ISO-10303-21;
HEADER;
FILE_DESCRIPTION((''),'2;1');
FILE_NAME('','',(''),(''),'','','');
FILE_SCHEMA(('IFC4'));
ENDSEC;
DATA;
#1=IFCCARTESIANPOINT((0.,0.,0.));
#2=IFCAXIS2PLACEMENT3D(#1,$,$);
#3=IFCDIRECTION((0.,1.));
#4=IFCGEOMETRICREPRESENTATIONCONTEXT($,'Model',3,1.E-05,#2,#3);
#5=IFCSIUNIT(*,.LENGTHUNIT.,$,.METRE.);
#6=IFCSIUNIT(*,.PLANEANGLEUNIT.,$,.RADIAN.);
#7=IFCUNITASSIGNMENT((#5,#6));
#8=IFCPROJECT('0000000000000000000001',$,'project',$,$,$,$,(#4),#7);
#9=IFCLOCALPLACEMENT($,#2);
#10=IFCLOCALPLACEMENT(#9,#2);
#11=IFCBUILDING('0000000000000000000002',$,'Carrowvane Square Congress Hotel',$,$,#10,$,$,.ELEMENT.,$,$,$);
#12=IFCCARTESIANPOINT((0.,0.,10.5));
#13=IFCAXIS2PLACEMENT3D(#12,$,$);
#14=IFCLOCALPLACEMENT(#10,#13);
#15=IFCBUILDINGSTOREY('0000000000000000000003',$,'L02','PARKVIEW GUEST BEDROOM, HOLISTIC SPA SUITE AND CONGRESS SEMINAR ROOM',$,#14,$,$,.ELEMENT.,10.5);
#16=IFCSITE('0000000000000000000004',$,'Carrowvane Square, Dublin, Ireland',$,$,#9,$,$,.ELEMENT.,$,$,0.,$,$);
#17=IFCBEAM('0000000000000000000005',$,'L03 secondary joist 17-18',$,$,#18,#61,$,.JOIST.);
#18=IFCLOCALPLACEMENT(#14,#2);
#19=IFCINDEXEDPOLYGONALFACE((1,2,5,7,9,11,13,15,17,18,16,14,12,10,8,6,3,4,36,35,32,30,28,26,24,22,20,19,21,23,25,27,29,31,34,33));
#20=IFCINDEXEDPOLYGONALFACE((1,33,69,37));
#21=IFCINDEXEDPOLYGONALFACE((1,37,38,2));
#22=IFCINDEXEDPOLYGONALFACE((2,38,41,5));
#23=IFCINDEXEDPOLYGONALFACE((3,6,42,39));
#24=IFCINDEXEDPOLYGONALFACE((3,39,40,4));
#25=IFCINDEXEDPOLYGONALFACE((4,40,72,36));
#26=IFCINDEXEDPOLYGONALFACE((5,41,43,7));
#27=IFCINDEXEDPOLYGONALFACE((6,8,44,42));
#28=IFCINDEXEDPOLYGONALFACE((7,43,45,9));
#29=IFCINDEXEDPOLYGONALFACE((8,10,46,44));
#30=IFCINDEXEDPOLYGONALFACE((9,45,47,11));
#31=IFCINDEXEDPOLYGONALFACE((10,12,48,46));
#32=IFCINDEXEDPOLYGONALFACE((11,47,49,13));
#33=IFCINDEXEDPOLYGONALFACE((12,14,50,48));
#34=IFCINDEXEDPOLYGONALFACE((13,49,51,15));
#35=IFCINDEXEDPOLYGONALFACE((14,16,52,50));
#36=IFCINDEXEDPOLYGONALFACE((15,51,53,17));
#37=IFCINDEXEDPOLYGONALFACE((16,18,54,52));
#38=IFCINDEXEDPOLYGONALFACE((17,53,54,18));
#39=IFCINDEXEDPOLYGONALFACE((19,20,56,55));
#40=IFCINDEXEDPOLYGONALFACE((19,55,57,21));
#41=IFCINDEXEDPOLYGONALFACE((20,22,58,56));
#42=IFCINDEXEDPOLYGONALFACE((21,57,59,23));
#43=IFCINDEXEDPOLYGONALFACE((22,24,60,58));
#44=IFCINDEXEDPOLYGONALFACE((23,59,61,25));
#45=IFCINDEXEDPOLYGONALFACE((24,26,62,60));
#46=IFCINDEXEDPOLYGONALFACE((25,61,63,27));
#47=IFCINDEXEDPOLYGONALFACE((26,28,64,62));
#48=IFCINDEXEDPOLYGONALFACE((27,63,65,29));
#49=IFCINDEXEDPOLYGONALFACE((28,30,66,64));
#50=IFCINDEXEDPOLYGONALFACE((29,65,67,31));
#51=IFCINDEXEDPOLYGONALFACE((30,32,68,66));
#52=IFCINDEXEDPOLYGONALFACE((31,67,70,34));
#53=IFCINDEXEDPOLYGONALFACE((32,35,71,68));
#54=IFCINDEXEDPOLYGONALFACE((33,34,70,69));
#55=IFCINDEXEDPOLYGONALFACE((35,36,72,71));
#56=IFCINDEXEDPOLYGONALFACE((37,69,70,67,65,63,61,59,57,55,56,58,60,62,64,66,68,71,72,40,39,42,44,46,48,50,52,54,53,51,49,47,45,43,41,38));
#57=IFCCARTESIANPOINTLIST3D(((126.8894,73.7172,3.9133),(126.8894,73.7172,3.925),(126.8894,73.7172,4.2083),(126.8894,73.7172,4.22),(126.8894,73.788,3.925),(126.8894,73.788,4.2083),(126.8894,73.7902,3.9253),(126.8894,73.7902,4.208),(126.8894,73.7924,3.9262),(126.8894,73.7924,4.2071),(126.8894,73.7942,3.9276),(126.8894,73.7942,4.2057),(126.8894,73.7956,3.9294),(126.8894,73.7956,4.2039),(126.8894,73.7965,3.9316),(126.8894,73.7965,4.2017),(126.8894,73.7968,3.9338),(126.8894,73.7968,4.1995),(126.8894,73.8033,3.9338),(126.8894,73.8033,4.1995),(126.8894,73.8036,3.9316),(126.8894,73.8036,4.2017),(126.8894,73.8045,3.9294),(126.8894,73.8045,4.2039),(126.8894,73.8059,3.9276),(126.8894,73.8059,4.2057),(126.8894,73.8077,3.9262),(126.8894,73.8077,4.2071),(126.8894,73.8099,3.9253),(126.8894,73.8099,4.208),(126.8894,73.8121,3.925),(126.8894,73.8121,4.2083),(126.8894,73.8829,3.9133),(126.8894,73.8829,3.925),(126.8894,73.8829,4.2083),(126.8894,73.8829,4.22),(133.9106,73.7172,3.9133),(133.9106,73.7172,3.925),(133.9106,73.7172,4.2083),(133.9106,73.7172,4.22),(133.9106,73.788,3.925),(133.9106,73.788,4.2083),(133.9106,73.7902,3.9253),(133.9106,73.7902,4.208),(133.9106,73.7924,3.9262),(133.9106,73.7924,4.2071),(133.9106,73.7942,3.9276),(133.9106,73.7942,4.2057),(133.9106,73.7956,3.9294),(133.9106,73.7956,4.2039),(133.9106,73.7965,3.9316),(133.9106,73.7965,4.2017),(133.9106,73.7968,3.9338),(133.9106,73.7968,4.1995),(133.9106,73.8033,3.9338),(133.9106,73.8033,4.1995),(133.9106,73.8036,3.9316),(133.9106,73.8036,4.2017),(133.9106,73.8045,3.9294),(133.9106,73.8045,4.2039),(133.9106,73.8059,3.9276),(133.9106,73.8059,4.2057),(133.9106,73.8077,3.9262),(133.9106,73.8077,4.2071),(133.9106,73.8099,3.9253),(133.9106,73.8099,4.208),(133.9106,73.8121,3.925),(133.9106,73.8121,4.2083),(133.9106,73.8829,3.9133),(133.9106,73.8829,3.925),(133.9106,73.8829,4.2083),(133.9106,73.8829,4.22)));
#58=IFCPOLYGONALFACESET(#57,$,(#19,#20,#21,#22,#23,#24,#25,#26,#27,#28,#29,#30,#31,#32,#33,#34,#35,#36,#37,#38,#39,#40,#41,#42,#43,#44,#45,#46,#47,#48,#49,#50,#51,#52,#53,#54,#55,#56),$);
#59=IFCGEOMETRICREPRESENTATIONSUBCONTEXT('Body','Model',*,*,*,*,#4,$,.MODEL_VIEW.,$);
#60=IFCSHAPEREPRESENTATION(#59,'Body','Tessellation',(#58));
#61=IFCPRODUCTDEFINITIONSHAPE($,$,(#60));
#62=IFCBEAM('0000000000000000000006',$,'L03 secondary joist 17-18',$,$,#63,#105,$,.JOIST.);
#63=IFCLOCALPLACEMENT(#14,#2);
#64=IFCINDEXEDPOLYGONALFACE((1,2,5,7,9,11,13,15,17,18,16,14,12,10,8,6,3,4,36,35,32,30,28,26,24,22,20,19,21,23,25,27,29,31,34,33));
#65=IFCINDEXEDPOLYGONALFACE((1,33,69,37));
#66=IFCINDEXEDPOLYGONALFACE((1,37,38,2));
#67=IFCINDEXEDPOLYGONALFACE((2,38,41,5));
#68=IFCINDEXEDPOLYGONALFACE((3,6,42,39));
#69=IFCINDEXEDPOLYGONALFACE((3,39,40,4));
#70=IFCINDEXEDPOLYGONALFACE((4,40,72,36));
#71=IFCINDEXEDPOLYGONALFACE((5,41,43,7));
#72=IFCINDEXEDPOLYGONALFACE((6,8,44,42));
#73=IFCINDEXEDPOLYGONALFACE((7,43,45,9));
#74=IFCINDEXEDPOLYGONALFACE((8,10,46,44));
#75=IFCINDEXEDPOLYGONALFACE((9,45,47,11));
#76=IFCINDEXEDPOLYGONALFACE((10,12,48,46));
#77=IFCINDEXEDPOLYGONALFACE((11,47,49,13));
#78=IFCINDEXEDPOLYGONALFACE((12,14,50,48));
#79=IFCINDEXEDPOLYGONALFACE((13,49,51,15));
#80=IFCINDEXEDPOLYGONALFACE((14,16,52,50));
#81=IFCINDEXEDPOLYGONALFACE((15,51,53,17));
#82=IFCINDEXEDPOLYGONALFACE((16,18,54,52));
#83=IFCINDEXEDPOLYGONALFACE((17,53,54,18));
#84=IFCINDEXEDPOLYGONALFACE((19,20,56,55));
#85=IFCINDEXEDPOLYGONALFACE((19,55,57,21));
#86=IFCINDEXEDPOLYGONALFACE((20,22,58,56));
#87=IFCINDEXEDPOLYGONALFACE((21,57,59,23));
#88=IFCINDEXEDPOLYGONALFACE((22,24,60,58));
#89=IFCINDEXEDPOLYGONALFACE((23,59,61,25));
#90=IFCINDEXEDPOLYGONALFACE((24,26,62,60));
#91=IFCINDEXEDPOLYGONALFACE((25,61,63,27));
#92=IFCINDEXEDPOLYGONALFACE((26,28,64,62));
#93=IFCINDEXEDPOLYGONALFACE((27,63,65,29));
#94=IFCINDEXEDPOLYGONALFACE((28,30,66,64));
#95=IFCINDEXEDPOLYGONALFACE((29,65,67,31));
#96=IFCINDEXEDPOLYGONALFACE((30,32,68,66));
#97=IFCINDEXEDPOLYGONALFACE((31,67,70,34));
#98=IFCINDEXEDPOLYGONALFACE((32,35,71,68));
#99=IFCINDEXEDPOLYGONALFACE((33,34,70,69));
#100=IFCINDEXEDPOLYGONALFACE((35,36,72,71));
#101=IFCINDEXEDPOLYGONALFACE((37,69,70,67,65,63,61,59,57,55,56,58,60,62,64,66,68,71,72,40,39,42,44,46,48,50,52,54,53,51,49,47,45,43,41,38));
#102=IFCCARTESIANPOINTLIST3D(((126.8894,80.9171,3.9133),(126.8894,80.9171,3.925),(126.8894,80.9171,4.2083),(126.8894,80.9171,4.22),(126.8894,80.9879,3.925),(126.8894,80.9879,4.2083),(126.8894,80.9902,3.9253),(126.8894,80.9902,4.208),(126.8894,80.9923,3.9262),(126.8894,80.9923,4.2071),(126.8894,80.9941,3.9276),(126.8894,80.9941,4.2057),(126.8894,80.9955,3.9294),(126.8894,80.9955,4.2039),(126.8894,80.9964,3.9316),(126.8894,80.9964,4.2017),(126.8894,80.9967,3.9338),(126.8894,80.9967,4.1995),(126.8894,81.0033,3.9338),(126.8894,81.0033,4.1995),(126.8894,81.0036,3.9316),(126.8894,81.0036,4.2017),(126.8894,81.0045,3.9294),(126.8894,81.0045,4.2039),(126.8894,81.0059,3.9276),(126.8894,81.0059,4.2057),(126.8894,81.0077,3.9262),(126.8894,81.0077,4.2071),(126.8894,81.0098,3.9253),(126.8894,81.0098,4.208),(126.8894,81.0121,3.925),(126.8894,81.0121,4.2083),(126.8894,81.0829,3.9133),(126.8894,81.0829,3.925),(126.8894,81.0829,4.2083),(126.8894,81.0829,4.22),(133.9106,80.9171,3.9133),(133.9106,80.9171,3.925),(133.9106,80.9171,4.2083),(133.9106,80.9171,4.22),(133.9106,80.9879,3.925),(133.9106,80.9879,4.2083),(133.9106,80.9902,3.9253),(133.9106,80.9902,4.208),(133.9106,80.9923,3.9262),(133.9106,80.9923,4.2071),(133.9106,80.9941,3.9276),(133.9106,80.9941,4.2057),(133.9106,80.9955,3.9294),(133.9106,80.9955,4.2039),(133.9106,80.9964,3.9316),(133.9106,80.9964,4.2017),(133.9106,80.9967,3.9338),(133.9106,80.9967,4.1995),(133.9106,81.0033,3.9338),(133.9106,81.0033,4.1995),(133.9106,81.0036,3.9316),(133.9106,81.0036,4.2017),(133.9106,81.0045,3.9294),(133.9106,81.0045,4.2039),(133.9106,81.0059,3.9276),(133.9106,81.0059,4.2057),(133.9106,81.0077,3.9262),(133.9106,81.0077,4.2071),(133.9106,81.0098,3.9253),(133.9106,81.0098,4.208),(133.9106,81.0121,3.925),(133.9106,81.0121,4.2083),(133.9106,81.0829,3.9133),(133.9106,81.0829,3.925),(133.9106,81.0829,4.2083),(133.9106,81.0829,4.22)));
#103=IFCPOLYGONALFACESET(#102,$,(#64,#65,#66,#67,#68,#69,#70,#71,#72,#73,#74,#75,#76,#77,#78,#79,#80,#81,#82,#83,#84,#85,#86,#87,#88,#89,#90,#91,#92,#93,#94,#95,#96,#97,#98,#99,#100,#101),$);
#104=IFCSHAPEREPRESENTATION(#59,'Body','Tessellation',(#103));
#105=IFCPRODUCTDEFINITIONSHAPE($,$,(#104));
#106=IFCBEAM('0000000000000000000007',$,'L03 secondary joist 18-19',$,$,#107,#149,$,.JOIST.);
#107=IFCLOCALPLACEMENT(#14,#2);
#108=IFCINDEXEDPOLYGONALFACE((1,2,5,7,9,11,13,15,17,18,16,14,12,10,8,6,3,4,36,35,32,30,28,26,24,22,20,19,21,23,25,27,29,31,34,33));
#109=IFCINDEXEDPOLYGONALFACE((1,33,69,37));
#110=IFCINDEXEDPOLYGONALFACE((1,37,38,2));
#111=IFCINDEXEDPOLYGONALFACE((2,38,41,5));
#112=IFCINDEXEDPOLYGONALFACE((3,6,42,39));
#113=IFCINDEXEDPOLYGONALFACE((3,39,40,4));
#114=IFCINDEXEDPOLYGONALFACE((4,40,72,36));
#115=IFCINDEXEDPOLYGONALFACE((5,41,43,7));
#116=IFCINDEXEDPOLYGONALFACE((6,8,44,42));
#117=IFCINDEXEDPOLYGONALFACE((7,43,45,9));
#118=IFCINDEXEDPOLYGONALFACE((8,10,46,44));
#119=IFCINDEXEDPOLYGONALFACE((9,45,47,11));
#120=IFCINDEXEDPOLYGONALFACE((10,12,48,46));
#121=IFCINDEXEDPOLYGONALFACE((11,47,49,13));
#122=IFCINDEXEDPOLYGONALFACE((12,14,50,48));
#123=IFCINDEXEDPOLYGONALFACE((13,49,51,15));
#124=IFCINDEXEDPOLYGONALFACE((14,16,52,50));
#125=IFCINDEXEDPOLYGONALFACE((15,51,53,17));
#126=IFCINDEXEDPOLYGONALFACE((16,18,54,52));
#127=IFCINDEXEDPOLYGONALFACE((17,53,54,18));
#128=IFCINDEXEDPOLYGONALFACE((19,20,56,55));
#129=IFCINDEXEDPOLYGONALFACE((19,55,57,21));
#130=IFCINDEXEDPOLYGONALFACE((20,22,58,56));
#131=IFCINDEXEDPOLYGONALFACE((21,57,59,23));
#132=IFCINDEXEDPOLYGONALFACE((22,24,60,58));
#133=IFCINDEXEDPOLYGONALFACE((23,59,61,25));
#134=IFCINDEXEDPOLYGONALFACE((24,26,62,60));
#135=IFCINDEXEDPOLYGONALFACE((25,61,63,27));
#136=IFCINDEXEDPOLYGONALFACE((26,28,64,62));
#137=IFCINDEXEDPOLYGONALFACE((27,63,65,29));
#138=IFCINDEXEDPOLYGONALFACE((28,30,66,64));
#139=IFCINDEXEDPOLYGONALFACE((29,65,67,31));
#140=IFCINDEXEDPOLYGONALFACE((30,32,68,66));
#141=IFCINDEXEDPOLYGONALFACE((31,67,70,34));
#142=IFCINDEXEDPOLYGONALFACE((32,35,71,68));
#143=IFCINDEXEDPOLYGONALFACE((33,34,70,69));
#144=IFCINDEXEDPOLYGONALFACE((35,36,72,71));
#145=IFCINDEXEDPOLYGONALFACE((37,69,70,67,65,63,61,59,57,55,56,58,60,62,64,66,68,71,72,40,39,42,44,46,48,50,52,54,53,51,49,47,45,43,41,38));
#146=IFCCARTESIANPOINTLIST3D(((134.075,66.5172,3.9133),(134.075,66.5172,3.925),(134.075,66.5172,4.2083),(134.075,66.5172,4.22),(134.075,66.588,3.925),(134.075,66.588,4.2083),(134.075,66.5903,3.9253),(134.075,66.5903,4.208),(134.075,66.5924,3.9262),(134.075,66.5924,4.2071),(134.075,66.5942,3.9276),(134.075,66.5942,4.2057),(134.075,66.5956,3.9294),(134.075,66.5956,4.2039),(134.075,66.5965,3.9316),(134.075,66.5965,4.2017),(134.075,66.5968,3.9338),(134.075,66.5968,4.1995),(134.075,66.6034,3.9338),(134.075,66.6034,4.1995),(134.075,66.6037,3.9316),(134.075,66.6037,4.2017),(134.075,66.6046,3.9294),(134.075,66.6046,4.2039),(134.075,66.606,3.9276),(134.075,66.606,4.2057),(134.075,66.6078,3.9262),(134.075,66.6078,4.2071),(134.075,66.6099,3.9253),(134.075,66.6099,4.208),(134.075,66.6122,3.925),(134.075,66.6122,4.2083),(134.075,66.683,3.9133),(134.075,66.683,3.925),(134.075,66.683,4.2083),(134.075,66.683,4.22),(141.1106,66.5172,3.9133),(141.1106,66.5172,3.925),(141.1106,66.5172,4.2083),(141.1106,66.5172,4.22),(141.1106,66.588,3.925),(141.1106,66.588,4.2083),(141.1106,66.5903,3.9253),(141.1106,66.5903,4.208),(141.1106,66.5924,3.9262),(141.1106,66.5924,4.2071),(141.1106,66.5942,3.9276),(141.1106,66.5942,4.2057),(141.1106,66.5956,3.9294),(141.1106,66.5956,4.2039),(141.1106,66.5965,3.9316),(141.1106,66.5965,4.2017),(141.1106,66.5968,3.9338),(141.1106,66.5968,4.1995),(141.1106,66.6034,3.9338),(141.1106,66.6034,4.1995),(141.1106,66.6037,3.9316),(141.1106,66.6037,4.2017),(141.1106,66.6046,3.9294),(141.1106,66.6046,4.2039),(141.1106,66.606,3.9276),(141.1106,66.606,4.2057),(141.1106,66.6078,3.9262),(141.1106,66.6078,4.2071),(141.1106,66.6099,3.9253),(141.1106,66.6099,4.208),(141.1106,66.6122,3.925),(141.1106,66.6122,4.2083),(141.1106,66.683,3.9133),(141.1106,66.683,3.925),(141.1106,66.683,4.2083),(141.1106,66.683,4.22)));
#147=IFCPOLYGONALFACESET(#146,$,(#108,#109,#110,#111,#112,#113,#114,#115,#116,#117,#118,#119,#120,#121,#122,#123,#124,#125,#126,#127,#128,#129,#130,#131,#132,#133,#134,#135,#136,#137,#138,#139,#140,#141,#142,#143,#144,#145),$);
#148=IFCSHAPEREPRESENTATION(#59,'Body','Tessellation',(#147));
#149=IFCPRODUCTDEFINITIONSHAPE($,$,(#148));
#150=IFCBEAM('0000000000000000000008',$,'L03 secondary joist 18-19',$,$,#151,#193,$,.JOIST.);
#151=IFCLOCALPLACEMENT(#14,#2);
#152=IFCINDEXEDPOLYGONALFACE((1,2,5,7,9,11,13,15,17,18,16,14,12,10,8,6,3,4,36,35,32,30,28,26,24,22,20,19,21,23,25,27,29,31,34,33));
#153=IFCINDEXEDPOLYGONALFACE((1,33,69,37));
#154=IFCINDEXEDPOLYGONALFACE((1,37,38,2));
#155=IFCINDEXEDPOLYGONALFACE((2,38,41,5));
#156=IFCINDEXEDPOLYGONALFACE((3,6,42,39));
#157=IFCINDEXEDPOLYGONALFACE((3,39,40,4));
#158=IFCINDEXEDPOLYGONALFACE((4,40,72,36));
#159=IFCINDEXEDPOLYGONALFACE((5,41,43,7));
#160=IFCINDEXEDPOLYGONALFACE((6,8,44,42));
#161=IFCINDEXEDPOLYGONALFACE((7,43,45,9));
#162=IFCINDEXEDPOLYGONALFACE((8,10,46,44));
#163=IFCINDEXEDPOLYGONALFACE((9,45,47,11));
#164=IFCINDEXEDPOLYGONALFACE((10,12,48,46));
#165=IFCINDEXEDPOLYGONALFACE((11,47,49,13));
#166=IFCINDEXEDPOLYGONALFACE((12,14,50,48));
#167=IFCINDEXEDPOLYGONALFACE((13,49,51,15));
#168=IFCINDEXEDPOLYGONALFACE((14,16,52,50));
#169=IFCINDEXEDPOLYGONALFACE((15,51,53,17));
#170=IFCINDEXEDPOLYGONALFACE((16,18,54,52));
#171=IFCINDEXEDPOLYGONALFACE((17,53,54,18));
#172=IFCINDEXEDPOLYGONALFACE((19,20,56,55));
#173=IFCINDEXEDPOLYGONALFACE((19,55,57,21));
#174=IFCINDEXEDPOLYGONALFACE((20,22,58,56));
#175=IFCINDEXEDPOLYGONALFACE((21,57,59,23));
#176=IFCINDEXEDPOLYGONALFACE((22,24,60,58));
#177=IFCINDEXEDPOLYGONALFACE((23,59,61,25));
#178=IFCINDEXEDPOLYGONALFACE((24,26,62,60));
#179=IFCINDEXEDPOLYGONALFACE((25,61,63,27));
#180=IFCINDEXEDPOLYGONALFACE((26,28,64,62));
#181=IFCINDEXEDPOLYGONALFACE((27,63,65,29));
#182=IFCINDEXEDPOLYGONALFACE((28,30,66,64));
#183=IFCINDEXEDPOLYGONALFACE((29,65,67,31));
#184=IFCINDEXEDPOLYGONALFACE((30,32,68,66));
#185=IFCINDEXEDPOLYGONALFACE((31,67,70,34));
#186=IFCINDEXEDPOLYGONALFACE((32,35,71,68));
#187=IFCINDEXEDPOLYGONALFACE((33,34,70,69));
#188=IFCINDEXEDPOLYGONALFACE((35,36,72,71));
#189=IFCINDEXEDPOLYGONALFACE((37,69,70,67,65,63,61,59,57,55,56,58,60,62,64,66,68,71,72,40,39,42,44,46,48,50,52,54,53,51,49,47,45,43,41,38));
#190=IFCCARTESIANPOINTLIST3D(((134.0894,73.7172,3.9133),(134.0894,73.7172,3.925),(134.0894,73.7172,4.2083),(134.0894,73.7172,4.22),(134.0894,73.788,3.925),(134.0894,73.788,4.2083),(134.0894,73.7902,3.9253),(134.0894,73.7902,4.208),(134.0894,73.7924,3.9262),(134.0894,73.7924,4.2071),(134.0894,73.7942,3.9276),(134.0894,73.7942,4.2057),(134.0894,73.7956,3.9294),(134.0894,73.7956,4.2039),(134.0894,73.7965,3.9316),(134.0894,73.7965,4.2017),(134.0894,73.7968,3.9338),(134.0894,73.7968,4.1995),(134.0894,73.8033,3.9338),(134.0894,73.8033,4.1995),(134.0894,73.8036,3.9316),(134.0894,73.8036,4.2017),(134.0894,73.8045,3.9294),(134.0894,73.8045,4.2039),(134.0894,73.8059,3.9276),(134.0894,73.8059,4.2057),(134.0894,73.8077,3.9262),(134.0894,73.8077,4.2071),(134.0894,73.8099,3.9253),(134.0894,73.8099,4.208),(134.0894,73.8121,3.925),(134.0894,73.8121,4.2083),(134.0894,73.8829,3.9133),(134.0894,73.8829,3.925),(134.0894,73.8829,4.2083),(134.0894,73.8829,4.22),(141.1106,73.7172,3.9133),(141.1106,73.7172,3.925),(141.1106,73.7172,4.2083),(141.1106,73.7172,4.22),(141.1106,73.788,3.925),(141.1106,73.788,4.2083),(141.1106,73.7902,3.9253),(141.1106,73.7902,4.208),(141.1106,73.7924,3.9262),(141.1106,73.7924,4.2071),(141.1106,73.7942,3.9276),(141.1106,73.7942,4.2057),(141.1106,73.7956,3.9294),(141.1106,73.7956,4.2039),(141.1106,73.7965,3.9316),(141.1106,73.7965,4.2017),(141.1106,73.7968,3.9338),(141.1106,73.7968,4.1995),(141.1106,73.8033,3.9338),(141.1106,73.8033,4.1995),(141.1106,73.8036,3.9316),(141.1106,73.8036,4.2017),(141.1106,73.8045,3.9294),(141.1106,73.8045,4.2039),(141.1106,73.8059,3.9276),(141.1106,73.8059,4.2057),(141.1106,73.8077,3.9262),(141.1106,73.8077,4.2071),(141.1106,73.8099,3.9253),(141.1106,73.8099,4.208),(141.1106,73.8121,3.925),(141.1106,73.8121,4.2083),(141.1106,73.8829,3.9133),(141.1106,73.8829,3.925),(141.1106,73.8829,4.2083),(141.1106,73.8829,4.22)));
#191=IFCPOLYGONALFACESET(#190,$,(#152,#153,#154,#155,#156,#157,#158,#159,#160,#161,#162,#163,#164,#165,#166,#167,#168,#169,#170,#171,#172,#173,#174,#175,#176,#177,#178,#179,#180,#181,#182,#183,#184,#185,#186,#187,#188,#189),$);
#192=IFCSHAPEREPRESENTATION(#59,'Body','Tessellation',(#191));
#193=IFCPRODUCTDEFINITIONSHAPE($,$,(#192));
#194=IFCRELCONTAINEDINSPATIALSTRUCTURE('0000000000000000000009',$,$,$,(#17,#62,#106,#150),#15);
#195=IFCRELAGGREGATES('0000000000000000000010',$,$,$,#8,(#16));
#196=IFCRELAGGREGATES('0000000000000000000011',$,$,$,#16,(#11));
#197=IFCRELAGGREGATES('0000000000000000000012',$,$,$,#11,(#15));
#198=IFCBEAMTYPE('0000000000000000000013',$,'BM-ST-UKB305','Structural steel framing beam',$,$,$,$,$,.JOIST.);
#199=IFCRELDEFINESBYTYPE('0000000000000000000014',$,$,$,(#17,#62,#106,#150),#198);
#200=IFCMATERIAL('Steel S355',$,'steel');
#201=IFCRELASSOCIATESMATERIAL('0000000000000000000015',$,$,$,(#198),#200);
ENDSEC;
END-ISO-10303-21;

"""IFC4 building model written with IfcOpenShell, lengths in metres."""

from ifc_helpers import new_model, si_unit, direction, frame, origin, origin_2d, place, context, subcontext, project, spatial, i_section, extrude, material, material_profile, profile_set, type_object, element, save


model = new_model("IFC4")

# Units and contexts
model_context = context("Model", 3, precision=1e-05, world=origin(), true_north=direction((0.0, 1.0)))
body_context = subcontext(model_context, "Body", "Model", "MODEL_VIEW")
ifc_project = project(units=[si_unit("LENGTHUNIT", "METRE"), si_unit("PLANEANGLEUNIT", "RADIAN")], contexts=[model_context])

# Site, building, storey
site_placement = place(None, origin())
site = spatial("IfcSite", under=ifc_project, at=site_placement, Name="Carrowvane Square, Dublin, Ireland", CompositionType="ELEMENT", RefElevation=0.0)
building_placement = place(site_placement, origin())
building = spatial("IfcBuilding", under=site, at=building_placement, Name="Carrowvane Square Congress Hotel", CompositionType="ELEMENT")
storey_placement = place(building_placement, frame((0.0, 0.0, 10.5)))
storey = spatial("IfcBuildingStorey", under=building, at=storey_placement, Name="L02", Description="PARKVIEW GUEST BEDROOM, HOLISTIC SPA SUITE AND CONGRESS SEMINAR ROOM", CompositionType="ELEMENT", Elevation=10.5)

# Beams
ifc_material_1 = material(Name="Steel S355", Category="steel")
ifc_material_profile_1 = material_profile(ifc_material_1, i_section(OverallWidth=0.1658, OverallDepth=0.3066, WebThickness=0.0066, FlangeThickness=0.0117, FilletRadius=0.0088, at=origin_2d()), Name="UKB 305x165x46")
ifc_profile_set_1 = profile_set([ifc_material_profile_1], Name="Steel S355")
beam_type_1 = type_object("IfcBeamType", Name="BM-ST-UKB305", Description="Structural steel framing beam", PredefinedType="JOIST", material=ifc_profile_set_1)
for number, where, z_axis, x_axis, name in (
    (1, (126.8894, 73.8, 4.0667), (1.0, 0.0, 0.0), (0.0, 1.0, 0.0), "L03 secondary joist 17-18"),
    (2, (126.8894, 81.0, 4.0667), (1.0, 0.0, 0.0), (0.0, 1.0, 0.0), "L03 secondary joist 17-18"),
):
    element("IfcBeam", number, at=place(storey_placement, frame(where, z_axis=z_axis, x_axis=x_axis)), inside=storey, type_object=beam_type_1, Name=name, PredefinedType="JOIST", context=body_context, shape_type="SweptSolid", body=[
        extrude(i_section(OverallWidth=0.1658, OverallDepth=0.3066, WebThickness=0.0066, FlangeThickness=0.0117, FilletRadius=0.0088, at=origin_2d()), origin(), (0.0, 0.0, 1.0), 7.0212),
    ])
beam_1_placement = place(storey_placement, frame((134.075, 66.6001, 4.0667), z_axis=(1.0, 0.0, 0.0), x_axis=(0.0, 1.0, 0.0)))
element("IfcBeam", 3, at=beam_1_placement, inside=storey, type_object=beam_type_1, Name="L03 secondary joist 18-19", PredefinedType="JOIST", context=body_context, shape_type="SweptSolid", body=[
    extrude(i_section(OverallWidth=0.1658, OverallDepth=0.3066, WebThickness=0.0066, FlangeThickness=0.0117, FilletRadius=0.0088, at=origin_2d()), origin(), (0.0, 0.0, 1.0), 7.0356),
])
for number, where, z_axis, x_axis, name in (
    (4, (134.0894, 73.8, 4.0667), (1.0, 0.0, 0.0), (0.0, 1.0, 0.0), "L03 secondary joist 18-19"),
):
    element("IfcBeam", number, at=place(storey_placement, frame(where, z_axis=z_axis, x_axis=x_axis)), inside=storey, type_object=beam_type_1, Name=name, PredefinedType="JOIST", context=body_context, shape_type="SweptSolid", body=[
        extrude(i_section(OverallWidth=0.1658, OverallDepth=0.3066, WebThickness=0.0066, FlangeThickness=0.0117, FilletRadius=0.0088, at=origin_2d()), origin(), (0.0, 0.0, 1.0), 7.0212),
    ])

save(model, "model.ifc")
